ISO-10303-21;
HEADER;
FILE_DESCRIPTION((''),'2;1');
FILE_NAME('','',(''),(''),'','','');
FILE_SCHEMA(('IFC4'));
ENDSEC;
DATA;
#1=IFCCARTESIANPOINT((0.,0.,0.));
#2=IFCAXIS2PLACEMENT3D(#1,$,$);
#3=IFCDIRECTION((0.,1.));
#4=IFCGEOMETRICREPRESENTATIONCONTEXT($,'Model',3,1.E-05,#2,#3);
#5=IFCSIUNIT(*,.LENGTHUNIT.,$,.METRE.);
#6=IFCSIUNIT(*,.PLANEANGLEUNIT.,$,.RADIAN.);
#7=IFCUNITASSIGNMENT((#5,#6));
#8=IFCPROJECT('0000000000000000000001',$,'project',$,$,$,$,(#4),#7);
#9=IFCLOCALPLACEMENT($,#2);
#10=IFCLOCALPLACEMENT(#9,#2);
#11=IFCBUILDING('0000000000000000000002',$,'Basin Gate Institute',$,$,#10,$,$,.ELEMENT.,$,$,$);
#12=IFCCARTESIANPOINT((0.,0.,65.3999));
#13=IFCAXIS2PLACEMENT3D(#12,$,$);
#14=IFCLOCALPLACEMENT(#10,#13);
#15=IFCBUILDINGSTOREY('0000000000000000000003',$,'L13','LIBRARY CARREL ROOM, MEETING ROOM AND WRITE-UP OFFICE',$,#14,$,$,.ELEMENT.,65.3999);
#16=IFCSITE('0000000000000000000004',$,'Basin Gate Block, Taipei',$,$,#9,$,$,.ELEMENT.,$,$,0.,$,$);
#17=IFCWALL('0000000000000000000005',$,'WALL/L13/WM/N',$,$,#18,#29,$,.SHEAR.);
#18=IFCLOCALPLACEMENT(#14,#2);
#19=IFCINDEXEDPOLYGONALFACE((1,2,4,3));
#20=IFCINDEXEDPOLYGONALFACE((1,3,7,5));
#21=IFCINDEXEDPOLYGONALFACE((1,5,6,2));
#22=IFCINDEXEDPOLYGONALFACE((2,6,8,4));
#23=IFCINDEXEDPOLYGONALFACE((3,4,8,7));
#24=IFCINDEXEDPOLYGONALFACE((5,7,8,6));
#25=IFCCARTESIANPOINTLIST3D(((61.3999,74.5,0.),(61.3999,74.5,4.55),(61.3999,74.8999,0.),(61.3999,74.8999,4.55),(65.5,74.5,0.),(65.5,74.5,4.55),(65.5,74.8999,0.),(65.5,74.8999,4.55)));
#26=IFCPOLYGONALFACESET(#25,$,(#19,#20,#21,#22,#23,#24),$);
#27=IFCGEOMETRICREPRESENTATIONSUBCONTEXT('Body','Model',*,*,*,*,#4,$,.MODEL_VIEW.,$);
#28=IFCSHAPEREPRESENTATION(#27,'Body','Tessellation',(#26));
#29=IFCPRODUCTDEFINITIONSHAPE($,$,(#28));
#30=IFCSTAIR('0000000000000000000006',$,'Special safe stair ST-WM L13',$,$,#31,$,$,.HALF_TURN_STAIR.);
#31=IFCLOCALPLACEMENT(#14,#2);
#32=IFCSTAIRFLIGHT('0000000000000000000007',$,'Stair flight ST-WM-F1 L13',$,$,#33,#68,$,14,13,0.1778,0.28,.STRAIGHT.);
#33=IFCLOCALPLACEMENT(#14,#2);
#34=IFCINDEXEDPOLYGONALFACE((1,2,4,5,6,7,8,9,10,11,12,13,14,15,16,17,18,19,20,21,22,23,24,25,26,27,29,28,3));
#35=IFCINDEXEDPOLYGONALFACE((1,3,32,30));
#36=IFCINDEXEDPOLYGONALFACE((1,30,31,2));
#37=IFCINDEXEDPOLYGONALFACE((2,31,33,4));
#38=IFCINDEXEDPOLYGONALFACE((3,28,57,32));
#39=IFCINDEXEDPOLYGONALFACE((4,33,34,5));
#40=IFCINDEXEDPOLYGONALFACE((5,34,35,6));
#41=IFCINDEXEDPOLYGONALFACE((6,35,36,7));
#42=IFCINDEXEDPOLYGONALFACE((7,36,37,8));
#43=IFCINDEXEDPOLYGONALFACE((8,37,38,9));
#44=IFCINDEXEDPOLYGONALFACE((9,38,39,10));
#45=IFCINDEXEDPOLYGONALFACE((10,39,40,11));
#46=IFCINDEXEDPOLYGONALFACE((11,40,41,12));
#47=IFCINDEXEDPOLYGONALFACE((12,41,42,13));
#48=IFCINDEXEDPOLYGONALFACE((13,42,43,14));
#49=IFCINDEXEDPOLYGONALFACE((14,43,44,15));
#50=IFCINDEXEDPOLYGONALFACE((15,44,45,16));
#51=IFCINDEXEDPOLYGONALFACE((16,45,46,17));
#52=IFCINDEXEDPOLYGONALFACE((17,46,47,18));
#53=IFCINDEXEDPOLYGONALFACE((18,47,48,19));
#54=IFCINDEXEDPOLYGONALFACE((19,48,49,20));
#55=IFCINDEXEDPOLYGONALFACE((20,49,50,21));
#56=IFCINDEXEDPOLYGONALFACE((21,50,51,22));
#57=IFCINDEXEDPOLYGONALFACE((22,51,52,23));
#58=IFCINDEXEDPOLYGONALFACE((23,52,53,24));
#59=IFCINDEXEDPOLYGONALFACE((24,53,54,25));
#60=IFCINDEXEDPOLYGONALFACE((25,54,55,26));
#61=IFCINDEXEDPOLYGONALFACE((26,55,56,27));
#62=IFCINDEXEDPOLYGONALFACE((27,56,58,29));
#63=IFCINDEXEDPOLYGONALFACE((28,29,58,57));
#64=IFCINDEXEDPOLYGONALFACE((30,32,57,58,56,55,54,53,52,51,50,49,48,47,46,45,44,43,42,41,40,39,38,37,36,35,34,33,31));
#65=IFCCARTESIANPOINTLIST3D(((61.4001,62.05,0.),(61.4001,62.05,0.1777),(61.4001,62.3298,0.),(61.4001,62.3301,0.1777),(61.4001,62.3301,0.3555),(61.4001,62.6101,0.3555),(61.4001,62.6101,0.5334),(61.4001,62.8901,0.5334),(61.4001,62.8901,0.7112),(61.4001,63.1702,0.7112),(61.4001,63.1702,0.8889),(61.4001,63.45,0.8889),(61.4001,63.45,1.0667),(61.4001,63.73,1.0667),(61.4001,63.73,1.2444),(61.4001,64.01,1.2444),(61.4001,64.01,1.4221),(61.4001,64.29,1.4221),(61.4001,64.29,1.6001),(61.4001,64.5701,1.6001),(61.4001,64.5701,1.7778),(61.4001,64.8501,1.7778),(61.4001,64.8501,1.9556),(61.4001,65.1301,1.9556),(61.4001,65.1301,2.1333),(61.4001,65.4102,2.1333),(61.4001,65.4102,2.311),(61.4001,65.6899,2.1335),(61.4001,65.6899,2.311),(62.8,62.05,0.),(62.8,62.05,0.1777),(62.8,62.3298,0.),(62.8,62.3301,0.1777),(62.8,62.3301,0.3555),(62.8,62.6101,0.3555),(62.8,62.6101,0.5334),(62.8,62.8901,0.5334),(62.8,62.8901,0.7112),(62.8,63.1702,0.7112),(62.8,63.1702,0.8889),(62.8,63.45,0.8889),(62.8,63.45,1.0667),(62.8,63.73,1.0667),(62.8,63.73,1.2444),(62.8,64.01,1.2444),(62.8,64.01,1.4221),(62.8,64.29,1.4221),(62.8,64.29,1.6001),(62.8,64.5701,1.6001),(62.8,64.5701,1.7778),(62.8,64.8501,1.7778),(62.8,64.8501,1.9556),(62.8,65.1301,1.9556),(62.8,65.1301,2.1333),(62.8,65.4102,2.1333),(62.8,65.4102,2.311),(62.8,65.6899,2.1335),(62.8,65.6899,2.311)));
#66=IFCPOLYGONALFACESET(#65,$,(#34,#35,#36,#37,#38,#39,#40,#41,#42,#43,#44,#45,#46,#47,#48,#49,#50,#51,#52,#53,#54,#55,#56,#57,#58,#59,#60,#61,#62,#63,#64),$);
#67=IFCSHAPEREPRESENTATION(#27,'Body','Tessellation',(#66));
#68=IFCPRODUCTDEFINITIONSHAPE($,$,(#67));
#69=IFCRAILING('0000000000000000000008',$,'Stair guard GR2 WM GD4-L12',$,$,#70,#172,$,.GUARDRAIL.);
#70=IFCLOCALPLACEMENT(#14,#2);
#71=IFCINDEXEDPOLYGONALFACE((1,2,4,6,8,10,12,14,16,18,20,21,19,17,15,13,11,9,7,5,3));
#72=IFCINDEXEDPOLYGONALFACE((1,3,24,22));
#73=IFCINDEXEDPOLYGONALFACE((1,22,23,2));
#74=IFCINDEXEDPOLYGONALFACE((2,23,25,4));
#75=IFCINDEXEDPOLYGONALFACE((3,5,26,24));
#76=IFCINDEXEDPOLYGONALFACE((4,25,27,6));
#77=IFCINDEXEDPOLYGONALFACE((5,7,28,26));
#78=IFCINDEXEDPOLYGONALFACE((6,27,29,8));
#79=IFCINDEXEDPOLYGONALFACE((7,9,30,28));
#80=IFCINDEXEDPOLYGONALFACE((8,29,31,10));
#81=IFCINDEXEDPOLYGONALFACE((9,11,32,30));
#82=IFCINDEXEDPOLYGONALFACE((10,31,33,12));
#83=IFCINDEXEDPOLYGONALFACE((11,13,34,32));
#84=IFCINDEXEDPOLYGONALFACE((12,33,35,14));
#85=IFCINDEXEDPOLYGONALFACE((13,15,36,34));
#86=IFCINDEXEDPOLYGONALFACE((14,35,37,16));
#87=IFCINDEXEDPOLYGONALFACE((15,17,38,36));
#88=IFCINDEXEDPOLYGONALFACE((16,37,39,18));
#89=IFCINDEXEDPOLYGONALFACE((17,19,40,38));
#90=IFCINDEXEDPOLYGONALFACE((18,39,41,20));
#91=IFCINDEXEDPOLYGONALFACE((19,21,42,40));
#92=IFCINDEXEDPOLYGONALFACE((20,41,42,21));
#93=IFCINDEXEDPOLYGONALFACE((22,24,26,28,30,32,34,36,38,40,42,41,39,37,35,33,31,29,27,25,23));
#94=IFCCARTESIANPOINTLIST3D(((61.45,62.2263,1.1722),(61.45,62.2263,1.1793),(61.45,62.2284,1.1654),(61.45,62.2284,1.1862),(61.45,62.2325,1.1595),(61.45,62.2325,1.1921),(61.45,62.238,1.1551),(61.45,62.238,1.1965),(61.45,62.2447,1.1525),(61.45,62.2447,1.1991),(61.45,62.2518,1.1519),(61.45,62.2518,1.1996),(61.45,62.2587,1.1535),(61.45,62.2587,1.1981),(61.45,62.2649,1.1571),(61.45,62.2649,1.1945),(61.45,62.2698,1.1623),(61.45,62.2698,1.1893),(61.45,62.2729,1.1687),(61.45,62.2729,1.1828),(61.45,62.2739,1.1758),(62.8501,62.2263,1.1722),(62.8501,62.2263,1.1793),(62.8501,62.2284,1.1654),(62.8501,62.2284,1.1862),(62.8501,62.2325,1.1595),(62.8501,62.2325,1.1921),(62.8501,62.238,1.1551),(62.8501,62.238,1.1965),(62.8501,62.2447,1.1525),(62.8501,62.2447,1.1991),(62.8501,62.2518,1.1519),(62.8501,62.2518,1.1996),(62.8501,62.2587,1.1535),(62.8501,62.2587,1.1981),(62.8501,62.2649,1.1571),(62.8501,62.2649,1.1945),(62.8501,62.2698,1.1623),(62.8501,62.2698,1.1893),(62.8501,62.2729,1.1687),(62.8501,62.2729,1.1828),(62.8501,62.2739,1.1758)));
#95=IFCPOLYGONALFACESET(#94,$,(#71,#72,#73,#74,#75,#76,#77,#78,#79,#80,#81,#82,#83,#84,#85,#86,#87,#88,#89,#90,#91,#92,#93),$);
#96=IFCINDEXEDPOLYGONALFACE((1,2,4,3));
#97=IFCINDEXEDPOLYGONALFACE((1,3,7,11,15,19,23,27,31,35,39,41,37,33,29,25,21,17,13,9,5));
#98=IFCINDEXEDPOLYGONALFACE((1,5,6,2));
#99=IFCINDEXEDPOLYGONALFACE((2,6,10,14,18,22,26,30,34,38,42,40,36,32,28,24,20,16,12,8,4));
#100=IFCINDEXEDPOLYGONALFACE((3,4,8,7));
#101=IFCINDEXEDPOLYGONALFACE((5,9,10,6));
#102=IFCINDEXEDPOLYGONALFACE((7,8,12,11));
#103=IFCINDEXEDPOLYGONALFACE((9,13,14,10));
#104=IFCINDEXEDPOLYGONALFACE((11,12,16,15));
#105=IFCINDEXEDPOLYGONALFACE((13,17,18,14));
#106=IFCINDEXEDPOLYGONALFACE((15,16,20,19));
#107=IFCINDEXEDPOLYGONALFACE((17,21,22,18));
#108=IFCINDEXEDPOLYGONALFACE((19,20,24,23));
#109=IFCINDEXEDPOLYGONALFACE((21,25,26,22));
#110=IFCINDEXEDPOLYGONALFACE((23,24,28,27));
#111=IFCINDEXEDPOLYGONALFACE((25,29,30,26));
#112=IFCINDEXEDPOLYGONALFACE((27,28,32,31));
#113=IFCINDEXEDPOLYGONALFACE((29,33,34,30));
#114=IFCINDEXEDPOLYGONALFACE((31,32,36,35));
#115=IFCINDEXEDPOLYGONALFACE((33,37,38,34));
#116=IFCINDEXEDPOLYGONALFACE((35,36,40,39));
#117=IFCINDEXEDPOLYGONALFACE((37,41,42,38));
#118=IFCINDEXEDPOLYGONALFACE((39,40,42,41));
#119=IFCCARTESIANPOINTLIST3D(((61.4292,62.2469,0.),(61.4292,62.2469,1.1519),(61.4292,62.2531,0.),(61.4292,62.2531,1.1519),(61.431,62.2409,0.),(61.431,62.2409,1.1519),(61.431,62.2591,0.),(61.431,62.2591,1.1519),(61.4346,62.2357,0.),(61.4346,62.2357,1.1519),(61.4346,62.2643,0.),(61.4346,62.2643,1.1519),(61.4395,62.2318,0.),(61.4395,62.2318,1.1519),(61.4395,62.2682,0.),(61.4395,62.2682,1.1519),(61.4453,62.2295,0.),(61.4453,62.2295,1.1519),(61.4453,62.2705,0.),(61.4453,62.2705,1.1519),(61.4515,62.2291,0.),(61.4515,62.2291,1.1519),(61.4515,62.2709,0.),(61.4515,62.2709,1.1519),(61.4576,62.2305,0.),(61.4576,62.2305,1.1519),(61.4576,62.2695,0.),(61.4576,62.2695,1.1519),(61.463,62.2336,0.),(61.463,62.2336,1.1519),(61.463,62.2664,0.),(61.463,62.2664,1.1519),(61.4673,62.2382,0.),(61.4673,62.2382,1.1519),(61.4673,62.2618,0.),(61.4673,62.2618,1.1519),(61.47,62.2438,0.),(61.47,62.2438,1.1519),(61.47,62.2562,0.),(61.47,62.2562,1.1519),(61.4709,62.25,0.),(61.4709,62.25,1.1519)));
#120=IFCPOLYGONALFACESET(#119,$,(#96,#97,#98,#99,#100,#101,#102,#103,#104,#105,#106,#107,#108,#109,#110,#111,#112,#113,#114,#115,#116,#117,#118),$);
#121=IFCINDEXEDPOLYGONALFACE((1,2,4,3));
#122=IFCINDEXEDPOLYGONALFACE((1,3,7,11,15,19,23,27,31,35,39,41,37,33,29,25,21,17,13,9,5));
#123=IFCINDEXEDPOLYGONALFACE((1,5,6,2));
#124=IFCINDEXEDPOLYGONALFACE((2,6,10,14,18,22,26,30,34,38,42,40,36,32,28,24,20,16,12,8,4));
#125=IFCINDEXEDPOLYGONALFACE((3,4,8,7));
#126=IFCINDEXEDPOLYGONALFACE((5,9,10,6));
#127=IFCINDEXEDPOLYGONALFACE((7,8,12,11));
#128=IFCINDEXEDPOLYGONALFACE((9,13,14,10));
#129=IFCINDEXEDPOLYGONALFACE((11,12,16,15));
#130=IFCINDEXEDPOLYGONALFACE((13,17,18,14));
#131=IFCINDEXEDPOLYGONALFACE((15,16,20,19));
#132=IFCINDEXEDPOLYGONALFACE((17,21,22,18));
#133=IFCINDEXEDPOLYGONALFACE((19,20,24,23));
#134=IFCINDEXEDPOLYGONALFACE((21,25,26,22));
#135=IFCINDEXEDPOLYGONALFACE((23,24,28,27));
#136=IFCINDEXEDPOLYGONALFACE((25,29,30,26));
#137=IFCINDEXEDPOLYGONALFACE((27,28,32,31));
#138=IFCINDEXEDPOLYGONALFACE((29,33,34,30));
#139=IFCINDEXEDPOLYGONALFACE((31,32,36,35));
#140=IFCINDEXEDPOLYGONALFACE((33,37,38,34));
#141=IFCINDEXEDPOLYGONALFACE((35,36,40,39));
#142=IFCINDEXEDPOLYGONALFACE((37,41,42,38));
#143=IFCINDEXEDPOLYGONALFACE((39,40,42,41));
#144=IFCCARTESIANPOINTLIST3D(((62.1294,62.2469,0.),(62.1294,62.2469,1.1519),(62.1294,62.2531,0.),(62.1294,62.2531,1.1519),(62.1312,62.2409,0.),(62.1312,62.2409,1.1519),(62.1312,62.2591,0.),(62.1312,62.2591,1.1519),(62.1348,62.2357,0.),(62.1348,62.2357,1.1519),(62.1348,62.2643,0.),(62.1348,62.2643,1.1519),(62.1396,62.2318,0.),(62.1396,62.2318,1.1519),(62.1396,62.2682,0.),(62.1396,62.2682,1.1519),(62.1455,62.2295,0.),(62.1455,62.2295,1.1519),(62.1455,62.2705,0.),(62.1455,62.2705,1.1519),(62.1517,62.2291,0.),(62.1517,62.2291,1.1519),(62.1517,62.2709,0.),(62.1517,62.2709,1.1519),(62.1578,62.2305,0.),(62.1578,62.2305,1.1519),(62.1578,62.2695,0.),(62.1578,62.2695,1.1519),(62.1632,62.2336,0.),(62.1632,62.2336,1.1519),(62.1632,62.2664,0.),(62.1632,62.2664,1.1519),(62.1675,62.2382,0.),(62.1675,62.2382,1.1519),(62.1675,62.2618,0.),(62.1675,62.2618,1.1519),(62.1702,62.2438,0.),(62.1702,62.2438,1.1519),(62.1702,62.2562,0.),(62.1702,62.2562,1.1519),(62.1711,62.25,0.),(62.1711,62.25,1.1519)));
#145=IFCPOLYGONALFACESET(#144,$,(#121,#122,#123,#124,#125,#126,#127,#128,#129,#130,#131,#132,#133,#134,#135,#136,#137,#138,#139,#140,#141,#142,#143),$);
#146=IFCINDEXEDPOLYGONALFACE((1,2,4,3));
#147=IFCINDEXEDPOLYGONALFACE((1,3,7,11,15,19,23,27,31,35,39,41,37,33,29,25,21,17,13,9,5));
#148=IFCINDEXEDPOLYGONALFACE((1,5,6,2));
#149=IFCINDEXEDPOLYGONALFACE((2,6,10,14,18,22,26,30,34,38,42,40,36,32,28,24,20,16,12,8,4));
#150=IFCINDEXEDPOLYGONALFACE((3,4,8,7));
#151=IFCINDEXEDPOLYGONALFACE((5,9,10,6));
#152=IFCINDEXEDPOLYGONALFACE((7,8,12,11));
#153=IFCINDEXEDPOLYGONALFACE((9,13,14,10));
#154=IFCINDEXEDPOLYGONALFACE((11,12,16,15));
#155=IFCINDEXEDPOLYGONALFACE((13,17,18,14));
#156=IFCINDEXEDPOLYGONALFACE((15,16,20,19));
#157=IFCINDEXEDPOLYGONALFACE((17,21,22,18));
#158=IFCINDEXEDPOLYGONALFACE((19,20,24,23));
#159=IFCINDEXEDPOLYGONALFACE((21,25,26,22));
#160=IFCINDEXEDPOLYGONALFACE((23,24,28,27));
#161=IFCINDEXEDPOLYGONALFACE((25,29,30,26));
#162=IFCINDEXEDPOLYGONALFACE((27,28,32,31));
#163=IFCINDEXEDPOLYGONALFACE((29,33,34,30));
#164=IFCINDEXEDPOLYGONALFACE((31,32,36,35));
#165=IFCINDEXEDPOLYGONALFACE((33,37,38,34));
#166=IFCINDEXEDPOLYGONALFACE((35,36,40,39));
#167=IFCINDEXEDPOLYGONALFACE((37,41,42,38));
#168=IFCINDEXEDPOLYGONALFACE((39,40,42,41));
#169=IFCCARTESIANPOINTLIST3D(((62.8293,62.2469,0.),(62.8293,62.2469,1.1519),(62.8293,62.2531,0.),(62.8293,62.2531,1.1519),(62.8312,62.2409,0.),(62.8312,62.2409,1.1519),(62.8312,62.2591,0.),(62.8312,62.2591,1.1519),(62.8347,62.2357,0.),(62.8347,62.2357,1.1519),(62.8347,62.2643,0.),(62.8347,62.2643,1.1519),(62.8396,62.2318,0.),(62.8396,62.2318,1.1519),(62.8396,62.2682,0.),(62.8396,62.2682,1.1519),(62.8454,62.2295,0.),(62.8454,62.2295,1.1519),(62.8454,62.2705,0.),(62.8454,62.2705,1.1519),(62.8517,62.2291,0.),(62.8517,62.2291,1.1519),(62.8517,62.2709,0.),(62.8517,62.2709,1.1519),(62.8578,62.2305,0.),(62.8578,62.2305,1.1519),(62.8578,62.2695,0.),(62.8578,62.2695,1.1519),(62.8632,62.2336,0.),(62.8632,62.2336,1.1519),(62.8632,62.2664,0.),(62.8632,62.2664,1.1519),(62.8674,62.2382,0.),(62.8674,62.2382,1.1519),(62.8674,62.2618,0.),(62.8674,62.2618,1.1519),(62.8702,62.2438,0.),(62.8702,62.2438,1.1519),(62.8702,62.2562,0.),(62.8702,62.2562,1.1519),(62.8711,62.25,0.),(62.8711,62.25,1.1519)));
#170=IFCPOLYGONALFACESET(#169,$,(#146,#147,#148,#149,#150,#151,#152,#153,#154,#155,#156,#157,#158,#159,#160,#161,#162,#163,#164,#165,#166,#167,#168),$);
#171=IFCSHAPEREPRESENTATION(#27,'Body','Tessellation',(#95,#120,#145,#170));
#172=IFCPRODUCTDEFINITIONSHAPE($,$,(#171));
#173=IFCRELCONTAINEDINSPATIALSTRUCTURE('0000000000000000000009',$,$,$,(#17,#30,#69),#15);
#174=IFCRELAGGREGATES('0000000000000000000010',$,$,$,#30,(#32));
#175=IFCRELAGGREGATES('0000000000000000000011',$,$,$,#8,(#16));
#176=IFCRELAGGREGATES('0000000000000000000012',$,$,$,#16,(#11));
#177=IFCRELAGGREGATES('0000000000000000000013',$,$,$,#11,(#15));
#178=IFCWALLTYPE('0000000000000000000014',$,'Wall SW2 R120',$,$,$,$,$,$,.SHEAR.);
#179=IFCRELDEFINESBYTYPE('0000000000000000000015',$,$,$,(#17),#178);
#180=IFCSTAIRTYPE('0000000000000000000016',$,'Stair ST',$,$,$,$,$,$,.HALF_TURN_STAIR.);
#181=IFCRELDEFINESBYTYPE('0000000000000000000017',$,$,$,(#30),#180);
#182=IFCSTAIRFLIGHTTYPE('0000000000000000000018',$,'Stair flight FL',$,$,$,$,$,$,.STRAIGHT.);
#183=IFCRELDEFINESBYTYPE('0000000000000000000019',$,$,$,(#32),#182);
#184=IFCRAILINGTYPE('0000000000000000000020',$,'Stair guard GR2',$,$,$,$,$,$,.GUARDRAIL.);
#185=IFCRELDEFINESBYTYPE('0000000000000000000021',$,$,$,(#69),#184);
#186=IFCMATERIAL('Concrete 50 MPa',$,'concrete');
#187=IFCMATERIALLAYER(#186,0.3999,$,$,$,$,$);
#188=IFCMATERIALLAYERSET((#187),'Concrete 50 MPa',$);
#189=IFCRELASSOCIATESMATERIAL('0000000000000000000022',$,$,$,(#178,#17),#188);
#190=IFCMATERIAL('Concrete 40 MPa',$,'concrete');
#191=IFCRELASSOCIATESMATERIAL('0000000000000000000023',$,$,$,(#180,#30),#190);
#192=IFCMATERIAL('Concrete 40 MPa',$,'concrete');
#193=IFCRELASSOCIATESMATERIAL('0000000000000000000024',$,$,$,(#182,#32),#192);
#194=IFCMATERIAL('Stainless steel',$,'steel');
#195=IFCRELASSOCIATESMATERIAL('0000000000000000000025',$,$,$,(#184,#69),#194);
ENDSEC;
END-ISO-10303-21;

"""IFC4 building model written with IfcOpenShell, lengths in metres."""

from ifc_helpers import new_model, si_unit, direction, frame, frame_2d, origin, origin_2d, place, context, subcontext, project, spatial, polyline, rectangle, circle, outline, extrude, material, layer, layer_set, type_object, element, aggregate, save


model = new_model("IFC4")

# Units and contexts
model_context = context("Model", 3, precision=1e-05, world=origin(), true_north=direction((0.0, 1.0)))
body_context = subcontext(model_context, "Body", "Model", "MODEL_VIEW")
ifc_project = project(units=[si_unit("LENGTHUNIT", "METRE"), si_unit("PLANEANGLEUNIT", "RADIAN")], contexts=[model_context])

# Site, building, storey
site_placement = place(None, origin())
site = spatial("IfcSite", under=ifc_project, at=site_placement, Name="Basin Gate Block, Taipei", CompositionType="ELEMENT", RefElevation=0.0)
building_placement = place(site_placement, origin())
building = spatial("IfcBuilding", under=site, at=building_placement, Name="Basin Gate Institute", CompositionType="ELEMENT")
storey_placement = place(building_placement, frame((0.0, 0.0, 65.3999)))
storey = spatial("IfcBuildingStorey", under=building, at=storey_placement, Name="L13", Description="LIBRARY CARREL ROOM, MEETING ROOM AND WRITE-UP OFFICE", CompositionType="ELEMENT", Elevation=65.3999)

# Wall
ifc_material_1 = material(Name="Concrete 50 MPa", Category="concrete")
ifc_layer_1 = layer(ifc_material_1, 0.3999)
ifc_layer_set_1 = layer_set([ifc_layer_1], Name="Concrete 50 MPa")
wall_type_1 = type_object("IfcWallType", Name="Wall SW2 R120", PredefinedType="SHEAR", material=ifc_layer_set_1)
wall_1_placement = place(storey_placement, frame((61.3999, 74.7, 0.0), z_axis=(0.0, 0.0, 1.0), x_axis=(1.0, 0.0, 0.0)))
element("IfcWall", 1, at=wall_1_placement, inside=storey, type_object=wall_type_1, material=ifc_layer_set_1, Name="WALL/L13/WM/N", PredefinedType="SHEAR", context=body_context, shape_type="SweptSolid", body=[
    extrude(rectangle(XDim=4.1001, YDim=0.3999, at=frame_2d((2.05, 0.0))), origin(), (0.0, 0.0, 1.0), 4.55),
])

# Stair, stair flight
ifc_material_2 = material(Name="Concrete 40 MPa", Category="concrete")
stair_type = type_object("IfcStairType", Name="Stair ST", PredefinedType="HALF_TURN_STAIR", material=ifc_material_2)
stair_placement = place(storey_placement, origin())
stair = element("IfcStair", 2, at=stair_placement, inside=storey, type_object=stair_type, material=ifc_material_2, Name="Special safe stair ST-WM L13", PredefinedType="HALF_TURN_STAIR")
ifc_material_3 = material(Name="Concrete 40 MPa", Category="concrete")
stair_flight_type = type_object("IfcStairFlightType", Name="Stair flight FL", PredefinedType="STRAIGHT", material=ifc_material_3)
stair_flight_placement = place(storey_placement, frame((62.1001, 62.05, 0.0), z_axis=(0.0, 0.0, 1.0), x_axis=(0.0, 1.0, 0.0)))
stair_flight = element("IfcStairFlight", 3, at=stair_flight_placement, type_object=stair_flight_type, material=ifc_material_3, Name="Stair flight ST-WM-F1 L13", NumberOfRisers=14, NumberOfTreads=13, PredefinedType="STRAIGHT", RiserHeight=0.1778, TreadLength=0.28, context=body_context, shape_type="SweptSolid", body=[
    extrude(outline(polyline([(0.0, 0.0), (0.0, 0.1777), (0.28, 0.1777), (0.28, 0.3555), (0.5601, 0.3555), (0.5601, 0.5334), (0.8401, 0.5334), (0.8401, 0.7112), (1.1201, 0.7112), (1.1201, 0.8889), (1.3999, 0.8889), (1.3999, 1.0667), (1.6799, 1.0667), (1.6799, 1.2444), (1.96, 1.2444), (1.96, 1.4221), (2.24, 1.4221), (2.24, 1.6001), (2.52, 1.6001), (2.52, 1.7778), (2.8, 1.7778), (2.8, 1.9556), (3.0801, 1.9556), (3.0801, 2.1333), (3.3601, 2.1333), (3.3601, 2.311), (3.6399, 2.311), (3.6399, 2.4888), (3.6399, 2.1335), (0.2798, 0.0), (0.0, 0.0)])), frame((0.0, 0.7, 0.0), z_axis=(0.0, -1.0, 0.0), x_axis=(1.0, 0.0, 0.0)), (0.0, 0.0, 1.0), 1.3999),
])
aggregate(stair, [stair_flight])

# Railing
ifc_material_4 = material(Name="Stainless steel", Category="steel")
railing_type_1 = type_object("IfcRailingType", Name="Stair guard GR2", PredefinedType="GUARDRAIL", material=ifc_material_4)
railing_1_placement = place(storey_placement, frame((61.45, 62.25, 0.0)))
element("IfcRailing", 4, at=railing_1_placement, inside=storey, type_object=railing_type_1, material=ifc_material_4, Name="Stair guard GR2 WM GD4-L12", PredefinedType="GUARDRAIL", context=body_context, shape_type="SweptSolid", body=[
    extrude(circle(Radius=0.0239, at=origin_2d()), frame((0.0, 0.0, 1.1758), z_axis=(1.0, 0.0, 0.0), x_axis=(0.0, 1.0, 0.0)), (0.0, 0.0, 1.0), 1.4001),
    extrude(circle(Radius=0.021, at=origin_2d()), origin(), (0.0, 0.0, 1.0), 1.1519),
    extrude(circle(Radius=0.021, at=origin_2d()), frame((0.7002, 0.0, 0.0)), (0.0, 0.0, 1.0), 1.1519),
    extrude(circle(Radius=0.021, at=origin_2d()), frame((1.4001, 0.0, 0.0)), (0.0, 0.0, 1.0), 1.1519),
])

save(model, "model.ifc")
